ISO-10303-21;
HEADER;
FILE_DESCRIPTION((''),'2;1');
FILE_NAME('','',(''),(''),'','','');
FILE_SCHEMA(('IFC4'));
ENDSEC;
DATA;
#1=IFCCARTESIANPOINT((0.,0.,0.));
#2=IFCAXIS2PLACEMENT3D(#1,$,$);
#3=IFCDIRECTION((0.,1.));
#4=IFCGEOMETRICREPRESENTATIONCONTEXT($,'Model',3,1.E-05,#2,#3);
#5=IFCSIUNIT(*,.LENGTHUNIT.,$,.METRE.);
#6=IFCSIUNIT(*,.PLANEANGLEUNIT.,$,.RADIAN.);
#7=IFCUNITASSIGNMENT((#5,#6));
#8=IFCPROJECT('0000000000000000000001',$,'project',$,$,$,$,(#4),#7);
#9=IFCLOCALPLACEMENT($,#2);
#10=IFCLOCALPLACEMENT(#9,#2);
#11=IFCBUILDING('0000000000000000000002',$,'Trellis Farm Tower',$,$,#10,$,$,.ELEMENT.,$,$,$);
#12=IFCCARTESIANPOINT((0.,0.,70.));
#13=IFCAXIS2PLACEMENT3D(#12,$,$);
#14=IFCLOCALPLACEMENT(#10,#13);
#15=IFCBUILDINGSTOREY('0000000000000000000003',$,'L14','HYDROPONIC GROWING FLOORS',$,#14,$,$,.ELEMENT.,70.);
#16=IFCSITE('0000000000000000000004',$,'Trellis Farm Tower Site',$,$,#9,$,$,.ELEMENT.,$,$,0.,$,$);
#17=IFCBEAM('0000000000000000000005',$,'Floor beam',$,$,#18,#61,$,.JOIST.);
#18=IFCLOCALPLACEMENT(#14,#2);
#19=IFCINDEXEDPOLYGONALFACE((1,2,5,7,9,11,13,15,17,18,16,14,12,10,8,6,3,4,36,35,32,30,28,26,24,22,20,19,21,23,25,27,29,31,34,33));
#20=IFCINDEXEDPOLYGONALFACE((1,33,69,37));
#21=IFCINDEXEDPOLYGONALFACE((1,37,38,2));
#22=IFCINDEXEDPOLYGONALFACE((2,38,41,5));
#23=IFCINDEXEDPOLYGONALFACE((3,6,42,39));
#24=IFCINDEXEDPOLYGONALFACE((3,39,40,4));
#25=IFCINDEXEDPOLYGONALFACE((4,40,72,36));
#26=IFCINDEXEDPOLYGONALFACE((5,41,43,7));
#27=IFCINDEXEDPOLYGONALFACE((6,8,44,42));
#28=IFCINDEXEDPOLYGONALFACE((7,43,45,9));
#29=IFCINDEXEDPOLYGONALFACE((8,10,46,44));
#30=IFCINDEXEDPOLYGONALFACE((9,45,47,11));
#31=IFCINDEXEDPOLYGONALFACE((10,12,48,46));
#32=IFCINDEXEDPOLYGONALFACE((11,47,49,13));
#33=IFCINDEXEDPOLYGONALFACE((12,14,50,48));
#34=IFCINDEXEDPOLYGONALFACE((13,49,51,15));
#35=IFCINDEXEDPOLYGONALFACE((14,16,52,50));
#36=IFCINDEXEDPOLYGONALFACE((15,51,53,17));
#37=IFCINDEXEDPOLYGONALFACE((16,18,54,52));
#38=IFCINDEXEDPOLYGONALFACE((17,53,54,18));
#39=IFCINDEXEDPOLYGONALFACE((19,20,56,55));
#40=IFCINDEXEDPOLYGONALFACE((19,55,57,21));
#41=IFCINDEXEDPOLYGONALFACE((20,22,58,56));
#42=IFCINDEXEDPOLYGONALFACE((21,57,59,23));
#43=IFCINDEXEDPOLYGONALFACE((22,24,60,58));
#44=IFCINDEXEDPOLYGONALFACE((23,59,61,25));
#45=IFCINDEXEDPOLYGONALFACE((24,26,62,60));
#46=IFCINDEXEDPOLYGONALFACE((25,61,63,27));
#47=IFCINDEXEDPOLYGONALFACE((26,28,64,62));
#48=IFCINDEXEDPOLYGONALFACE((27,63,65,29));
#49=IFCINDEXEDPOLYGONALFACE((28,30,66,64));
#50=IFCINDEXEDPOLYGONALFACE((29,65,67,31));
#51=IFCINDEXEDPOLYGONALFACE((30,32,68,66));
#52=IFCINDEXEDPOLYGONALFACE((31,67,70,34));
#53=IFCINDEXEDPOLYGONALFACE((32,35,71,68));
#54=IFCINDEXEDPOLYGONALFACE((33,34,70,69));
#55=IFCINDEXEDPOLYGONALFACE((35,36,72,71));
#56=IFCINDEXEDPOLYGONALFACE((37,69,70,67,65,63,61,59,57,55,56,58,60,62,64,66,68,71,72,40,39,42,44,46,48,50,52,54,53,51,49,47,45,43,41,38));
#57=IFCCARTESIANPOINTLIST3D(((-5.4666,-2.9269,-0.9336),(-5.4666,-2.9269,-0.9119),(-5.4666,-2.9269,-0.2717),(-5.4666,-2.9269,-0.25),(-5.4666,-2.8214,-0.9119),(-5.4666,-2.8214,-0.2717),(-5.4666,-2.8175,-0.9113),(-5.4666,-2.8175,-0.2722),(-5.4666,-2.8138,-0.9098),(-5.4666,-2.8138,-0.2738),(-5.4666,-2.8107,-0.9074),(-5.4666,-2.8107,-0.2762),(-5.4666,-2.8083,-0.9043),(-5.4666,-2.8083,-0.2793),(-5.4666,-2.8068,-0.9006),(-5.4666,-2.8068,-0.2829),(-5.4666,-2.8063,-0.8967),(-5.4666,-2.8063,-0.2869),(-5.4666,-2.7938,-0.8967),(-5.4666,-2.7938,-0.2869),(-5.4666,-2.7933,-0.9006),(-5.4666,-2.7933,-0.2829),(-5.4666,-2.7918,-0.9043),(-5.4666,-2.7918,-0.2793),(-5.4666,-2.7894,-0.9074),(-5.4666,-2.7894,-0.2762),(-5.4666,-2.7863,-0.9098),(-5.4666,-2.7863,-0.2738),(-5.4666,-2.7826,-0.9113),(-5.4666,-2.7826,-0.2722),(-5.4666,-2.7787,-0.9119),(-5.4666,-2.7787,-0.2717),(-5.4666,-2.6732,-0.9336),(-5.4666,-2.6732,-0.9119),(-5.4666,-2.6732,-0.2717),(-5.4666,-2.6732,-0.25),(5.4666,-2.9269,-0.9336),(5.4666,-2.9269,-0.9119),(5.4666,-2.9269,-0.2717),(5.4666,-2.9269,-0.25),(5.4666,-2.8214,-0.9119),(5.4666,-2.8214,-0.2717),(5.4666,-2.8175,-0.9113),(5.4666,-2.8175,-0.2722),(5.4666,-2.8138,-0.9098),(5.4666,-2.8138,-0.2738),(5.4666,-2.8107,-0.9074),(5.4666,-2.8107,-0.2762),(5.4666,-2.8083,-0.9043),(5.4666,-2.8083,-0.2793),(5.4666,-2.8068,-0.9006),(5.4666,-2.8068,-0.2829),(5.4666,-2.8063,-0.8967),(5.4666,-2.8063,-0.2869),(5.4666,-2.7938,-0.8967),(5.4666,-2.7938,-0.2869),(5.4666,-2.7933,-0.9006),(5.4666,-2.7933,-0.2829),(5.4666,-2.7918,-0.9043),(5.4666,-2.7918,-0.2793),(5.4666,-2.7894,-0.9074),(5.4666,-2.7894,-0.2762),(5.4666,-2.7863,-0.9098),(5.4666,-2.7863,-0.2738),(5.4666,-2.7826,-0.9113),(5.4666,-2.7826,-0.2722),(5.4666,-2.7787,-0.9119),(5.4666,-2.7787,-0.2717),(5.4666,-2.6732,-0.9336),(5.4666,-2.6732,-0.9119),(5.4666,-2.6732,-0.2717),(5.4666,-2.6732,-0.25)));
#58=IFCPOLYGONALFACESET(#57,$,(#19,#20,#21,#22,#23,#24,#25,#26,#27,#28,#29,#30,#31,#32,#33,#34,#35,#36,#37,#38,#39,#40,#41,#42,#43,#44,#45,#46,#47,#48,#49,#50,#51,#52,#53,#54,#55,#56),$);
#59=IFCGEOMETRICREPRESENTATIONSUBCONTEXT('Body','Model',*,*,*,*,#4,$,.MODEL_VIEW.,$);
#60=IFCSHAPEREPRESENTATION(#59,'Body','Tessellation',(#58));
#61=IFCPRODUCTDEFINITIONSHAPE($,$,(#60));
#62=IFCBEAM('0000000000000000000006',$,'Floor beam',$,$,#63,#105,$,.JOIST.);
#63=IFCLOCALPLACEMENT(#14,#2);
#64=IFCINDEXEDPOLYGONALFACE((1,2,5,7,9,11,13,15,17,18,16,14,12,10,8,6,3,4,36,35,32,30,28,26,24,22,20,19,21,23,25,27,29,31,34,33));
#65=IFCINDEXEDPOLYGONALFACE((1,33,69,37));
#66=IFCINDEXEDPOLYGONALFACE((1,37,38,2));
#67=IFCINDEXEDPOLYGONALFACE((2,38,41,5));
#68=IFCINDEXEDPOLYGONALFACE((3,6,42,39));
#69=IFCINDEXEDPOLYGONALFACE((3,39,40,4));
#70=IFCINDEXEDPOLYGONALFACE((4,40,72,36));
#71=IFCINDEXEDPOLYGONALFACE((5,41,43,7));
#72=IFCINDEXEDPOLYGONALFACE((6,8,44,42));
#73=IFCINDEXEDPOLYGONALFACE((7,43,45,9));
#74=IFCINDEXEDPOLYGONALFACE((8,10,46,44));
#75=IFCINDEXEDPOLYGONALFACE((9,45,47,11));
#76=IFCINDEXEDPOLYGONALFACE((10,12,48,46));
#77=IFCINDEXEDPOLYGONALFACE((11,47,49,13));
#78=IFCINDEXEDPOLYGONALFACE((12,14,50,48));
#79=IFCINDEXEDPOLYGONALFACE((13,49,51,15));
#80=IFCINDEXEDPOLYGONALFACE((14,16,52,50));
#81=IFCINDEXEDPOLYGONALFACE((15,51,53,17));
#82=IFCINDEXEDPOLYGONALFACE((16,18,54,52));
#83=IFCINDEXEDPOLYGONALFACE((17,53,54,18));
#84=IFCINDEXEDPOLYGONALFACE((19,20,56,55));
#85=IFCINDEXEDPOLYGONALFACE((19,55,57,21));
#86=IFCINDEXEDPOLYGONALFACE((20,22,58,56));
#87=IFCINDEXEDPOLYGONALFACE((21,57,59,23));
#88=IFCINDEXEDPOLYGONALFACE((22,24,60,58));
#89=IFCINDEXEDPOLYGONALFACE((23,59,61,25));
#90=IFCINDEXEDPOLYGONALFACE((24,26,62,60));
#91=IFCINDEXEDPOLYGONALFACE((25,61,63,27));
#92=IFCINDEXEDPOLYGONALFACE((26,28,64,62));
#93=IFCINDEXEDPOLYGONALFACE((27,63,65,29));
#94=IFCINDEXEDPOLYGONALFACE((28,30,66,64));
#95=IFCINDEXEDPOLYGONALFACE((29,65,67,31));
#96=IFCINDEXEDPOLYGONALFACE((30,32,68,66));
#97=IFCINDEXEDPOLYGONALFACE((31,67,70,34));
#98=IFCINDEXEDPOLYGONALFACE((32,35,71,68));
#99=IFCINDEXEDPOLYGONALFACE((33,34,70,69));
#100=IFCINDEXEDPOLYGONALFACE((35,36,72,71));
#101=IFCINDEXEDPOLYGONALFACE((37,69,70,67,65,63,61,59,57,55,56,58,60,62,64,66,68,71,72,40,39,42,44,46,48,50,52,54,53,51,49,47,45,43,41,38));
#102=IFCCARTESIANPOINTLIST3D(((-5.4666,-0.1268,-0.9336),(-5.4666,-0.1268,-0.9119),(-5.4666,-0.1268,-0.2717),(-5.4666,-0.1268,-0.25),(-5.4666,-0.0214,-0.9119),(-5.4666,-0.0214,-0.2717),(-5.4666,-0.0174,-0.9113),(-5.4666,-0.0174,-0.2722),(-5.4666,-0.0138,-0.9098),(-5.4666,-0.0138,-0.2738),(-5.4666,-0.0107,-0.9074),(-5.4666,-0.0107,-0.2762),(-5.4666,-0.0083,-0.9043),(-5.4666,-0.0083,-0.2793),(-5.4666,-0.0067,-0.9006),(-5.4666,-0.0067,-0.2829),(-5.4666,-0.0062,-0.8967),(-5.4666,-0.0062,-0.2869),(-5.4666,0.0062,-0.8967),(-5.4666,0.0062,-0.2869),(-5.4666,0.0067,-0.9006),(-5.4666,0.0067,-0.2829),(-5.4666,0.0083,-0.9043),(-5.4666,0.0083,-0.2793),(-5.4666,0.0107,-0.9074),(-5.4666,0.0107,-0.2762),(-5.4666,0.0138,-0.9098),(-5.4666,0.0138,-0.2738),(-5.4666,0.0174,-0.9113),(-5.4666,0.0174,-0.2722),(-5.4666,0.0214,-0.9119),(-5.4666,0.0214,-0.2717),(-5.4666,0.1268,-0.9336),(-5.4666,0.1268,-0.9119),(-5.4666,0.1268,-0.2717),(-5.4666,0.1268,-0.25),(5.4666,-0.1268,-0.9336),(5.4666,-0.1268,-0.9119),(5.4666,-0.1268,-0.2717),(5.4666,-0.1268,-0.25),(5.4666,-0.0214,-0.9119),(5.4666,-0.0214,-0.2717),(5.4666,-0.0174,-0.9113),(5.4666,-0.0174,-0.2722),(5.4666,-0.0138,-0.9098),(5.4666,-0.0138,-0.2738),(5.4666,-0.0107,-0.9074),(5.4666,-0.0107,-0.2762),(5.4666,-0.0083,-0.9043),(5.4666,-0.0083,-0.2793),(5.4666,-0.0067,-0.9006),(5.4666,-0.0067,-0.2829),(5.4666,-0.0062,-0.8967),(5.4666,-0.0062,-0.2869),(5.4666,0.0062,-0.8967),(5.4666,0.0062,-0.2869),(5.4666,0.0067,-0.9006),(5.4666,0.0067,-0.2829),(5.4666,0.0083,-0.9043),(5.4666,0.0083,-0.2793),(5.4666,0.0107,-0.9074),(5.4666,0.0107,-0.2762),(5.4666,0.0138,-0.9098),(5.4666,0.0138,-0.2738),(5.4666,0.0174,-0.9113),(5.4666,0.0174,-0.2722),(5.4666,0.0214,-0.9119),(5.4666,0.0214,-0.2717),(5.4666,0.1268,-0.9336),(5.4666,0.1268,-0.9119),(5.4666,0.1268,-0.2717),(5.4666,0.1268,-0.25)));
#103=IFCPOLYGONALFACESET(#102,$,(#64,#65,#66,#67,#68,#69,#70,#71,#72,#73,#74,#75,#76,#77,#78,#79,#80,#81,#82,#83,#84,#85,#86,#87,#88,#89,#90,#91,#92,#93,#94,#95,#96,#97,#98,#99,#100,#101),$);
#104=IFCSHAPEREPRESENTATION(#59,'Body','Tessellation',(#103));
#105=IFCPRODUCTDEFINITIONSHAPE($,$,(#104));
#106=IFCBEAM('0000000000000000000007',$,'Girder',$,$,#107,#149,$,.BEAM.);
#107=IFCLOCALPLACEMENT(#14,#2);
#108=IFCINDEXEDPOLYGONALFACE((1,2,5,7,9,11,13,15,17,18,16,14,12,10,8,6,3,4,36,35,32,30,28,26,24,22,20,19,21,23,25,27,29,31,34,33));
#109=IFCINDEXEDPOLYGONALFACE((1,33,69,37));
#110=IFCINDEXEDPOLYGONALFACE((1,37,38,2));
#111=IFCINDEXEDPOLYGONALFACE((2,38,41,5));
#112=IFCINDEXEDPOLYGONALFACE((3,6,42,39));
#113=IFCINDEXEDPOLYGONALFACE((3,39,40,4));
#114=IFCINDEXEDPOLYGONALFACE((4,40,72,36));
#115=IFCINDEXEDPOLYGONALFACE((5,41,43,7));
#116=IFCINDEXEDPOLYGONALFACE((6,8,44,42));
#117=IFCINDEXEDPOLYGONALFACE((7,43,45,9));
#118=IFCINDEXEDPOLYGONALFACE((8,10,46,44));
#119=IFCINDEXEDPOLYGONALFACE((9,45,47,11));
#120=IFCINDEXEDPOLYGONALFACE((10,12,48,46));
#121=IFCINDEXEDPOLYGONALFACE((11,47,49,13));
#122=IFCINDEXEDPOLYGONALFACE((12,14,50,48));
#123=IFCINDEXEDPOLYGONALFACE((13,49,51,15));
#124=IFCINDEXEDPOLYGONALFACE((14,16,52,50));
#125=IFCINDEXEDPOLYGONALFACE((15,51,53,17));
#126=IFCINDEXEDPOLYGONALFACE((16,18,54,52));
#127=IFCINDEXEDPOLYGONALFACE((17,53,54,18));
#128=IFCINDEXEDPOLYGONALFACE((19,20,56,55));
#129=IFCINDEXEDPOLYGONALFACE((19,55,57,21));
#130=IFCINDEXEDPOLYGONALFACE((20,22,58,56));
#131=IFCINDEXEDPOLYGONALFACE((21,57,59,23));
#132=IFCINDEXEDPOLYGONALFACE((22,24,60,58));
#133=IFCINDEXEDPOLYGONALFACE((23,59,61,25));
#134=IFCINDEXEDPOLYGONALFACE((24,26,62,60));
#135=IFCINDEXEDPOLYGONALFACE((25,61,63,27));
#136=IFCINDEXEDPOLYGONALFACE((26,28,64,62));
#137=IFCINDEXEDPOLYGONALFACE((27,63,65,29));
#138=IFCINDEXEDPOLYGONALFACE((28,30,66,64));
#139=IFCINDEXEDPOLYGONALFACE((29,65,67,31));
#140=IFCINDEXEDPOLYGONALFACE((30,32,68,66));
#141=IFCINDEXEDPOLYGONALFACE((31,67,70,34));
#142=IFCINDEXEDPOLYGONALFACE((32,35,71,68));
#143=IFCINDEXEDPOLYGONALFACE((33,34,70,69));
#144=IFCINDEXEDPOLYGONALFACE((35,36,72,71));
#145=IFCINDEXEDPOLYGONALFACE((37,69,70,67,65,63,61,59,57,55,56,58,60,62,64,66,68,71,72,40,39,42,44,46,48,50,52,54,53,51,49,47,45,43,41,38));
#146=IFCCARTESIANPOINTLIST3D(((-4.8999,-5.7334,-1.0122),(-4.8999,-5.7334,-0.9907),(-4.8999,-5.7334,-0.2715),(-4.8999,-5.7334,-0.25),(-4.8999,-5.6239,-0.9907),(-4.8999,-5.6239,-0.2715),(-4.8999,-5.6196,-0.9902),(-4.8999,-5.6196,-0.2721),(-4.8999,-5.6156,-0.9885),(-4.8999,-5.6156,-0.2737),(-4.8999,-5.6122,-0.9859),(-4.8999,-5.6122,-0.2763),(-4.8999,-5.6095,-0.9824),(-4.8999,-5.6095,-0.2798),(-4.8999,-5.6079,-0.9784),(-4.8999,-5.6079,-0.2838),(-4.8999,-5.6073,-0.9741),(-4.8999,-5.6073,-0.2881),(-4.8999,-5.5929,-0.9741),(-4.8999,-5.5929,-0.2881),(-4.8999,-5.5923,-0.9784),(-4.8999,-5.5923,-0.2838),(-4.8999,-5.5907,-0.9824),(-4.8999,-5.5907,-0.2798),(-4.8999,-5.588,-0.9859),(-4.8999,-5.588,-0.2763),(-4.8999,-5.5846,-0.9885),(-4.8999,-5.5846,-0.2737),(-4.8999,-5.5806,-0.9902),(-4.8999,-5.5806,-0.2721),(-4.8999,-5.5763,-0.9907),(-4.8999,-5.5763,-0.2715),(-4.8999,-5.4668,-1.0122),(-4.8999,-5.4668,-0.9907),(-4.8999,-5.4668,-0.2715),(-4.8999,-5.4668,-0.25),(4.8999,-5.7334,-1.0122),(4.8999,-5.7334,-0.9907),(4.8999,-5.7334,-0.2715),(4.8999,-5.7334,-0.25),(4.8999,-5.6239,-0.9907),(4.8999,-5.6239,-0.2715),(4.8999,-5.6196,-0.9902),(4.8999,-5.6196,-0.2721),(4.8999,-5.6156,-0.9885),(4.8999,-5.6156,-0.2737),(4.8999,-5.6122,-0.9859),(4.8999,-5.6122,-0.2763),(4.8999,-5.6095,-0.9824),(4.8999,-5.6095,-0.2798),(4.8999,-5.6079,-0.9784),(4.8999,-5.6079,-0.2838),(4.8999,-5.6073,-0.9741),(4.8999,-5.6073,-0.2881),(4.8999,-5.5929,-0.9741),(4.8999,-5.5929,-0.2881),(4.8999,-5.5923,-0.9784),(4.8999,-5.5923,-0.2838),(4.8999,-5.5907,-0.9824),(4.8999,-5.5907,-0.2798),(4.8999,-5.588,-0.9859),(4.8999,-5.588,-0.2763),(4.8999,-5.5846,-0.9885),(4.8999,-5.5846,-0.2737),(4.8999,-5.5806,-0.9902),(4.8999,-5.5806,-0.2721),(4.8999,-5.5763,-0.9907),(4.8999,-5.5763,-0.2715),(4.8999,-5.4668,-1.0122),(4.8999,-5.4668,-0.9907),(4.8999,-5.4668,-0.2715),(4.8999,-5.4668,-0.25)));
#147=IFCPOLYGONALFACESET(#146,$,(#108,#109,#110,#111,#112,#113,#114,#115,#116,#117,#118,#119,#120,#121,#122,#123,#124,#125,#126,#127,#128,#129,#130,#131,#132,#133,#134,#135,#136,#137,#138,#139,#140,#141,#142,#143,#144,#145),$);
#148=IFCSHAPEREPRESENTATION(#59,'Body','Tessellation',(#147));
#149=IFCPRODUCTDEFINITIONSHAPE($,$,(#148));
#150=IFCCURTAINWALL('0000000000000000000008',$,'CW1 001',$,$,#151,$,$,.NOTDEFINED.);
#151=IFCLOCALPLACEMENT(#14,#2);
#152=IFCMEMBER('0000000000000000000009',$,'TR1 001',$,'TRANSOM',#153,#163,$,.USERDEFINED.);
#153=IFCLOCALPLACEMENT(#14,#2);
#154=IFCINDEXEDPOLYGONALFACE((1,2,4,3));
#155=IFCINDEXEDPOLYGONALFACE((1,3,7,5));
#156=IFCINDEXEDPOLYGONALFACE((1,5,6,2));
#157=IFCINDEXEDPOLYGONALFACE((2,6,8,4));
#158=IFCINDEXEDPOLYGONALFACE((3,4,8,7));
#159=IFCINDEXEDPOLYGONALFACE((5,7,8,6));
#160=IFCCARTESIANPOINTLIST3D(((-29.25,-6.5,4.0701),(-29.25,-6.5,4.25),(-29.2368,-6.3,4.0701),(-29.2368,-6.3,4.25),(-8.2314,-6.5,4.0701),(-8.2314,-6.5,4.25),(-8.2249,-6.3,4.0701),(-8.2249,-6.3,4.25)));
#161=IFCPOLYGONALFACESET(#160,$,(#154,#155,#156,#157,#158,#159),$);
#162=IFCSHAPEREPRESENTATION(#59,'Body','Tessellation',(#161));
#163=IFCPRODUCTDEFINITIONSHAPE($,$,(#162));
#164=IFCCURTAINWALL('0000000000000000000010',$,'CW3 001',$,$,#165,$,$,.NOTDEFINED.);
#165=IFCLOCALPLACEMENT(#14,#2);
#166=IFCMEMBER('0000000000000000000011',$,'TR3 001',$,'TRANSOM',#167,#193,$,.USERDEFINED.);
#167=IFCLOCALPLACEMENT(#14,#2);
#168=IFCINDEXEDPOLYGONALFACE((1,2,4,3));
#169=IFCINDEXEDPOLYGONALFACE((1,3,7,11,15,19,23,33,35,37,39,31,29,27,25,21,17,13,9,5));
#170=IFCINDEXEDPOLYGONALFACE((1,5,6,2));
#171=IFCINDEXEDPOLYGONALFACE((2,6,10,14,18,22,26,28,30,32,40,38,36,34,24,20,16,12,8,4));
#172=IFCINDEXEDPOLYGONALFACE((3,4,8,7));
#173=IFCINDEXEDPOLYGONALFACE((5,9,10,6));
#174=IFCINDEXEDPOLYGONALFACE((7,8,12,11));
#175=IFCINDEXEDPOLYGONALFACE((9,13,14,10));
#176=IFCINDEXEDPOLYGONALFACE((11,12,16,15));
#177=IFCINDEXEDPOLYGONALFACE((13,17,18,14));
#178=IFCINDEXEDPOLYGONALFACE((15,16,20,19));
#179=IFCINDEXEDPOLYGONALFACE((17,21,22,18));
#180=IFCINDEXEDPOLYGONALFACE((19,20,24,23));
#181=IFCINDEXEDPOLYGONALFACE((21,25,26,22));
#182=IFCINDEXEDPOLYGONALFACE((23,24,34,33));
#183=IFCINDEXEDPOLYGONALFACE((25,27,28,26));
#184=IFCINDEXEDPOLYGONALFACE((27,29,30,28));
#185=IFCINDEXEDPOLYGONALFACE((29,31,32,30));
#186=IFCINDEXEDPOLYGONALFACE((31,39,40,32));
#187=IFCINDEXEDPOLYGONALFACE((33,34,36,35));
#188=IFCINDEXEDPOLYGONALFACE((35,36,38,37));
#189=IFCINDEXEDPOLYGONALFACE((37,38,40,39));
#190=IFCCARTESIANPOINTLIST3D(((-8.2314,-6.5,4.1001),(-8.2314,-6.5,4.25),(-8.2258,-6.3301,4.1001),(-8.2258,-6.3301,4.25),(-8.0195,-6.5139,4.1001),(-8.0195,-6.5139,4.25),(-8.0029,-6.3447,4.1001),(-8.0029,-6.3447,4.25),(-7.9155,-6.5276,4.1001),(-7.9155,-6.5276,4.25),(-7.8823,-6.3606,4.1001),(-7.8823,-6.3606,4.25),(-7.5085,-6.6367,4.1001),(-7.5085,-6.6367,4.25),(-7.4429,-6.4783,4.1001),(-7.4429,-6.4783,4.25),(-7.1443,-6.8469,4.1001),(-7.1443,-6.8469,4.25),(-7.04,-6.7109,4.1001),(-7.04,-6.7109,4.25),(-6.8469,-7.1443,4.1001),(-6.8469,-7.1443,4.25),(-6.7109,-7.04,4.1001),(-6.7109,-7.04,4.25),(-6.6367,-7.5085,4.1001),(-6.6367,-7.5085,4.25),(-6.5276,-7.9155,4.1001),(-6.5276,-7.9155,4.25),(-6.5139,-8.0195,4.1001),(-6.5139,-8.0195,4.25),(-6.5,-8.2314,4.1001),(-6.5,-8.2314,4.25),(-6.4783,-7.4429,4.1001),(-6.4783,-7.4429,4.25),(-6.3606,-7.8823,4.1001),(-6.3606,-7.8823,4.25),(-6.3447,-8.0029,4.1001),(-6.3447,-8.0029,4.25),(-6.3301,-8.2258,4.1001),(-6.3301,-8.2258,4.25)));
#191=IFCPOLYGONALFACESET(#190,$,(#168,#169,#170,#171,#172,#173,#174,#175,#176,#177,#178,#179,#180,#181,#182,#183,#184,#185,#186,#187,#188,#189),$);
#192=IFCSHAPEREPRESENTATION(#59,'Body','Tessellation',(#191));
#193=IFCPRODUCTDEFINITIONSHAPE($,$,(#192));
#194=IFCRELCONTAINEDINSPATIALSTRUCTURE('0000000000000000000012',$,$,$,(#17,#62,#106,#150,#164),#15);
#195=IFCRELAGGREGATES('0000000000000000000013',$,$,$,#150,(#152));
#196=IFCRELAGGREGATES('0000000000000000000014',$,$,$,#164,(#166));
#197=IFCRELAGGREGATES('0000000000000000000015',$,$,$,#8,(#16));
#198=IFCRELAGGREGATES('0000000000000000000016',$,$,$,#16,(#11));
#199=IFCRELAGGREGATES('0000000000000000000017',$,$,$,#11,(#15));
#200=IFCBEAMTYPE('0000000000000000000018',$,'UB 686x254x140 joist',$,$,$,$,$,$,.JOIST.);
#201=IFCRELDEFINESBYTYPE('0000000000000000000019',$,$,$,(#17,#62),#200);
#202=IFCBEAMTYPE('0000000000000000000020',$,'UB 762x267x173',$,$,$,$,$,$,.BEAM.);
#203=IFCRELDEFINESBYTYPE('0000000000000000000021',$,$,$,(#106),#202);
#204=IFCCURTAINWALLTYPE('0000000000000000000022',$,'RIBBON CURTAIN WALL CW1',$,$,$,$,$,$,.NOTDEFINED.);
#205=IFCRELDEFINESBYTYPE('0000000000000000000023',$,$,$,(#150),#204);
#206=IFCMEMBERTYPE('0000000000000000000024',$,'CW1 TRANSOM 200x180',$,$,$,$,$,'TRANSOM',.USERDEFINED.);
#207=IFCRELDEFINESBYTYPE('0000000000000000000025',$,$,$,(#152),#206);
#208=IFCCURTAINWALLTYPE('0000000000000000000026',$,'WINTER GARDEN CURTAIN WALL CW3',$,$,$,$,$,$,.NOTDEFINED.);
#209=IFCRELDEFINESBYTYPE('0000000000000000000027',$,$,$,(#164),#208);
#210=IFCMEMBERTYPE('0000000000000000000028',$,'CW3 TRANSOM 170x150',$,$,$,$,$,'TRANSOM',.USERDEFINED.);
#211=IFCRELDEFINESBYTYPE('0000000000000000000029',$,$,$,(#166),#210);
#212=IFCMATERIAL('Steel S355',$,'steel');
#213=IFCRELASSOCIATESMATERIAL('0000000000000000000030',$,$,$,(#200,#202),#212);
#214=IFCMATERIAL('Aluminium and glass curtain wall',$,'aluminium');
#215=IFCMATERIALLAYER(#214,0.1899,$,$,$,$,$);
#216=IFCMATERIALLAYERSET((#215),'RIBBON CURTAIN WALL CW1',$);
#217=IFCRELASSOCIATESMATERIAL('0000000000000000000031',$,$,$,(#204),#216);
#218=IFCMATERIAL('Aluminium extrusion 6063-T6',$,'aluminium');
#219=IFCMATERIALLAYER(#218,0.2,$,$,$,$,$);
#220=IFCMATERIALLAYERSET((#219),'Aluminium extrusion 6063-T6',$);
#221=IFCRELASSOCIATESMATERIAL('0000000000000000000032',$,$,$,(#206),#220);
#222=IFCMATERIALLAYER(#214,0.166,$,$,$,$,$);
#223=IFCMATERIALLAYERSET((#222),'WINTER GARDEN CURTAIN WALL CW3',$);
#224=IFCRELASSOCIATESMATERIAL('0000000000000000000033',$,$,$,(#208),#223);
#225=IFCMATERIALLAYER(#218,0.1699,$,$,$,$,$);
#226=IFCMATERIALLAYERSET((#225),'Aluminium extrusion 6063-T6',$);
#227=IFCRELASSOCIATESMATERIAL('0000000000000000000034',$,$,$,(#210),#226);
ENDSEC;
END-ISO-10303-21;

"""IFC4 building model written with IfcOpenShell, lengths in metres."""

from ifc_helpers import new_model, si_unit, direction, frame, origin, origin_2d, place, context, subcontext, project, spatial, polyline, i_section, outline, extrude, source, transform, mapped, material, layer, layer_set, material_profile, profile_set, type_object, element, aggregate, save


model = new_model("IFC4")

# Units and contexts
model_context = context("Model", 3, precision=1e-05, world=origin(), true_north=direction((0.0, 1.0)))
body_context = subcontext(model_context, "Body", "Model", "MODEL_VIEW")
ifc_project = project(units=[si_unit("LENGTHUNIT", "METRE"), si_unit("PLANEANGLEUNIT", "RADIAN")], contexts=[model_context])

# Site, building, storey
site_placement = place(None, origin())
site = spatial("IfcSite", under=ifc_project, at=site_placement, Name="Trellis Farm Tower Site", CompositionType="ELEMENT", RefElevation=0.0)
building_placement = place(site_placement, origin())
building = spatial("IfcBuilding", under=site, at=building_placement, Name="Trellis Farm Tower", CompositionType="ELEMENT")
storey_placement = place(building_placement, frame((0.0, 0.0, 70.0)))
storey = spatial("IfcBuildingStorey", under=building, at=storey_placement, Name="L14", Description="HYDROPONIC GROWING FLOORS", CompositionType="ELEMENT", Elevation=70.0)

# Beams
ifc_material_1 = material(Name="Steel S355", Category="steel")
ifc_material_profile_1 = material_profile(ifc_material_1, i_section(OverallWidth=0.2537, OverallDepth=0.6836, WebThickness=0.0125, FlangeThickness=0.0217, FilletRadius=0.0151, at=origin_2d()), Name="UB 686x254x140")
ifc_profile_set_1 = profile_set([ifc_material_profile_1], Name="Steel S355")
beam_type_1 = type_object("IfcBeamType", Name="UB 686x254x140 joist", PredefinedType="JOIST", material=ifc_profile_set_1)
shared_shape_1 = source(origin(), body_context, "Body", "SweptSolid", [
    extrude(i_section(OverallWidth=0.2537, OverallDepth=0.6836, WebThickness=0.0125, FlangeThickness=0.0217, FilletRadius=0.0151, at=origin_2d()), origin(), (0.0, 0.0, 1.0), 10.9331),
])
for number, where, z_axis, x_axis, name in (
    (1, (-5.4666, -2.8, -0.5918), (1.0, 0.0, 0.0), (0.0, 1.0, 0.0), "Floor beam"),
    (2, (-5.4666, 0.0, -0.5918), (1.0, 0.0, 0.0), (0.0, 1.0, 0.0), "Floor beam"),
):
    element("IfcBeam", number, at=place(storey_placement, frame(where, z_axis=z_axis, x_axis=x_axis)), inside=storey, type_object=beam_type_1, Name=name, PredefinedType="JOIST", context=body_context, shape_type="MappedRepresentation", body=[
        mapped(shared_shape_1, transform((0.0, 0.0, 0.0))),
    ])
ifc_material_profile_2 = material_profile(ifc_material_1, i_section(OverallWidth=0.2666, OverallDepth=0.7622, WebThickness=0.0144, FlangeThickness=0.0215, FilletRadius=0.0166, at=origin_2d()), Name="UB 762x267x173")
ifc_profile_set_2 = profile_set([ifc_material_profile_2], Name="Steel S355")
beam_type_2 = type_object("IfcBeamType", Name="UB 762x267x173", PredefinedType="BEAM", material=ifc_profile_set_2)
shared_shape_2 = source(origin(), body_context, "Body", "SweptSolid", [
    extrude(i_section(OverallWidth=0.2666, OverallDepth=0.7622, WebThickness=0.0144, FlangeThickness=0.0215, FilletRadius=0.0166, at=origin_2d()), origin(), (0.0, 0.0, 1.0), 9.7998),
])
beam_placement = place(storey_placement, frame((-4.8999, -5.6001, -0.6311), z_axis=(1.0, 0.0, 0.0), x_axis=(0.0, 1.0, 0.0)))
element("IfcBeam", 3, at=beam_placement, inside=storey, type_object=beam_type_2, Name="Girder", PredefinedType="BEAM", context=body_context, shape_type="MappedRepresentation", body=[
    mapped(shared_shape_2, transform((0.0, 0.0, 0.0))),
])

# Curtain walls, members
ifc_material_2 = material(Name="Aluminium and glass curtain wall", Category="aluminium")
ifc_layer_1 = layer(ifc_material_2, 0.1899)
ifc_layer_set_1 = layer_set([ifc_layer_1], Name="RIBBON CURTAIN WALL CW1")
curtain_wall_type_1 = type_object("IfcCurtainWallType", Name="RIBBON CURTAIN WALL CW1", PredefinedType="NOTDEFINED", material=ifc_layer_set_1)
placement_1 = place(storey_placement, origin())
curtain_wall_1 = element("IfcCurtainWall", 4, at=placement_1, inside=storey, type_object=curtain_wall_type_1, Name="CW1 001", PredefinedType="NOTDEFINED")
ifc_material_3 = material(Name="Aluminium extrusion 6063-T6", Category="aluminium")
ifc_layer_2 = layer(ifc_material_3, 0.2)
ifc_layer_set_2 = layer_set([ifc_layer_2], Name="Aluminium extrusion 6063-T6")
member_type_1 = type_object("IfcMemberType", Name="CW1 TRANSOM 200x180", ElementType="TRANSOM", PredefinedType="USERDEFINED", material=ifc_layer_set_2)
shared_shape_3 = source(origin(), body_context, "Body", "SweptSolid", [
    extrude(outline(polyline([(-29.25, -6.5), (-8.2314, -6.5), (-8.2249, -6.3), (-29.2368, -6.3), (-29.25, -6.5)])), origin(), (0.0, 0.0, 1.0), 0.1799),
])
member_1_placement = place(storey_placement, frame((0.0, 0.0, 4.0701)))
member_1 = element("IfcMember", 5, at=member_1_placement, type_object=member_type_1, Name="TR1 001", ObjectType="TRANSOM", PredefinedType="USERDEFINED", context=body_context, shape_type="MappedRepresentation", body=[
    mapped(shared_shape_3, transform((0.0, 0.0, 0.0))),
])
ifc_layer_3 = layer(ifc_material_2, 0.166)
ifc_layer_set_3 = layer_set([ifc_layer_3], Name="WINTER GARDEN CURTAIN WALL CW3")
curtain_wall_type_2 = type_object("IfcCurtainWallType", Name="WINTER GARDEN CURTAIN WALL CW3", PredefinedType="NOTDEFINED", material=ifc_layer_set_3)
curtain_wall_2 = element("IfcCurtainWall", 6, at=placement_1, inside=storey, type_object=curtain_wall_type_2, Name="CW3 001", PredefinedType="NOTDEFINED")
ifc_layer_4 = layer(ifc_material_3, 0.1699)
ifc_layer_set_4 = layer_set([ifc_layer_4], Name="Aluminium extrusion 6063-T6")
member_type_2 = type_object("IfcMemberType", Name="CW3 TRANSOM 170x150", ElementType="TRANSOM", PredefinedType="USERDEFINED", material=ifc_layer_set_4)
shared_shape_4 = source(origin(), body_context, "Body", "SweptSolid", [
    extrude(outline(polyline([(-8.2314, -6.5), (-8.0195, -6.5139), (-7.9155, -6.5276), (-7.5085, -6.6367), (-7.1443, -6.8469), (-6.8469, -7.1443), (-6.6367, -7.5085), (-6.5276, -7.9155), (-6.5139, -8.0195), (-6.5, -8.2314), (-6.3301, -8.2258), (-6.3447, -8.0029), (-6.3606, -7.8823), (-6.4783, -7.4429), (-6.7109, -7.04), (-7.04, -6.7109), (-7.4429, -6.4783), (-7.8823, -6.3606), (-8.0029, -6.3447), (-8.2258, -6.3301), (-8.2314, -6.5)])), origin(), (0.0, 0.0, 1.0), 0.1499),
])
member_2_placement = place(storey_placement, frame((0.0, 0.0, 4.1001)))
member_2 = element("IfcMember", 7, at=member_2_placement, type_object=member_type_2, Name="TR3 001", ObjectType="TRANSOM", PredefinedType="USERDEFINED", context=body_context, shape_type="MappedRepresentation", body=[
    mapped(shared_shape_4, transform((0.0, 0.0, 0.0))),
])

aggregate(curtain_wall_1, [member_1])
aggregate(curtain_wall_2, [member_2])

save(model, "model.ifc")
